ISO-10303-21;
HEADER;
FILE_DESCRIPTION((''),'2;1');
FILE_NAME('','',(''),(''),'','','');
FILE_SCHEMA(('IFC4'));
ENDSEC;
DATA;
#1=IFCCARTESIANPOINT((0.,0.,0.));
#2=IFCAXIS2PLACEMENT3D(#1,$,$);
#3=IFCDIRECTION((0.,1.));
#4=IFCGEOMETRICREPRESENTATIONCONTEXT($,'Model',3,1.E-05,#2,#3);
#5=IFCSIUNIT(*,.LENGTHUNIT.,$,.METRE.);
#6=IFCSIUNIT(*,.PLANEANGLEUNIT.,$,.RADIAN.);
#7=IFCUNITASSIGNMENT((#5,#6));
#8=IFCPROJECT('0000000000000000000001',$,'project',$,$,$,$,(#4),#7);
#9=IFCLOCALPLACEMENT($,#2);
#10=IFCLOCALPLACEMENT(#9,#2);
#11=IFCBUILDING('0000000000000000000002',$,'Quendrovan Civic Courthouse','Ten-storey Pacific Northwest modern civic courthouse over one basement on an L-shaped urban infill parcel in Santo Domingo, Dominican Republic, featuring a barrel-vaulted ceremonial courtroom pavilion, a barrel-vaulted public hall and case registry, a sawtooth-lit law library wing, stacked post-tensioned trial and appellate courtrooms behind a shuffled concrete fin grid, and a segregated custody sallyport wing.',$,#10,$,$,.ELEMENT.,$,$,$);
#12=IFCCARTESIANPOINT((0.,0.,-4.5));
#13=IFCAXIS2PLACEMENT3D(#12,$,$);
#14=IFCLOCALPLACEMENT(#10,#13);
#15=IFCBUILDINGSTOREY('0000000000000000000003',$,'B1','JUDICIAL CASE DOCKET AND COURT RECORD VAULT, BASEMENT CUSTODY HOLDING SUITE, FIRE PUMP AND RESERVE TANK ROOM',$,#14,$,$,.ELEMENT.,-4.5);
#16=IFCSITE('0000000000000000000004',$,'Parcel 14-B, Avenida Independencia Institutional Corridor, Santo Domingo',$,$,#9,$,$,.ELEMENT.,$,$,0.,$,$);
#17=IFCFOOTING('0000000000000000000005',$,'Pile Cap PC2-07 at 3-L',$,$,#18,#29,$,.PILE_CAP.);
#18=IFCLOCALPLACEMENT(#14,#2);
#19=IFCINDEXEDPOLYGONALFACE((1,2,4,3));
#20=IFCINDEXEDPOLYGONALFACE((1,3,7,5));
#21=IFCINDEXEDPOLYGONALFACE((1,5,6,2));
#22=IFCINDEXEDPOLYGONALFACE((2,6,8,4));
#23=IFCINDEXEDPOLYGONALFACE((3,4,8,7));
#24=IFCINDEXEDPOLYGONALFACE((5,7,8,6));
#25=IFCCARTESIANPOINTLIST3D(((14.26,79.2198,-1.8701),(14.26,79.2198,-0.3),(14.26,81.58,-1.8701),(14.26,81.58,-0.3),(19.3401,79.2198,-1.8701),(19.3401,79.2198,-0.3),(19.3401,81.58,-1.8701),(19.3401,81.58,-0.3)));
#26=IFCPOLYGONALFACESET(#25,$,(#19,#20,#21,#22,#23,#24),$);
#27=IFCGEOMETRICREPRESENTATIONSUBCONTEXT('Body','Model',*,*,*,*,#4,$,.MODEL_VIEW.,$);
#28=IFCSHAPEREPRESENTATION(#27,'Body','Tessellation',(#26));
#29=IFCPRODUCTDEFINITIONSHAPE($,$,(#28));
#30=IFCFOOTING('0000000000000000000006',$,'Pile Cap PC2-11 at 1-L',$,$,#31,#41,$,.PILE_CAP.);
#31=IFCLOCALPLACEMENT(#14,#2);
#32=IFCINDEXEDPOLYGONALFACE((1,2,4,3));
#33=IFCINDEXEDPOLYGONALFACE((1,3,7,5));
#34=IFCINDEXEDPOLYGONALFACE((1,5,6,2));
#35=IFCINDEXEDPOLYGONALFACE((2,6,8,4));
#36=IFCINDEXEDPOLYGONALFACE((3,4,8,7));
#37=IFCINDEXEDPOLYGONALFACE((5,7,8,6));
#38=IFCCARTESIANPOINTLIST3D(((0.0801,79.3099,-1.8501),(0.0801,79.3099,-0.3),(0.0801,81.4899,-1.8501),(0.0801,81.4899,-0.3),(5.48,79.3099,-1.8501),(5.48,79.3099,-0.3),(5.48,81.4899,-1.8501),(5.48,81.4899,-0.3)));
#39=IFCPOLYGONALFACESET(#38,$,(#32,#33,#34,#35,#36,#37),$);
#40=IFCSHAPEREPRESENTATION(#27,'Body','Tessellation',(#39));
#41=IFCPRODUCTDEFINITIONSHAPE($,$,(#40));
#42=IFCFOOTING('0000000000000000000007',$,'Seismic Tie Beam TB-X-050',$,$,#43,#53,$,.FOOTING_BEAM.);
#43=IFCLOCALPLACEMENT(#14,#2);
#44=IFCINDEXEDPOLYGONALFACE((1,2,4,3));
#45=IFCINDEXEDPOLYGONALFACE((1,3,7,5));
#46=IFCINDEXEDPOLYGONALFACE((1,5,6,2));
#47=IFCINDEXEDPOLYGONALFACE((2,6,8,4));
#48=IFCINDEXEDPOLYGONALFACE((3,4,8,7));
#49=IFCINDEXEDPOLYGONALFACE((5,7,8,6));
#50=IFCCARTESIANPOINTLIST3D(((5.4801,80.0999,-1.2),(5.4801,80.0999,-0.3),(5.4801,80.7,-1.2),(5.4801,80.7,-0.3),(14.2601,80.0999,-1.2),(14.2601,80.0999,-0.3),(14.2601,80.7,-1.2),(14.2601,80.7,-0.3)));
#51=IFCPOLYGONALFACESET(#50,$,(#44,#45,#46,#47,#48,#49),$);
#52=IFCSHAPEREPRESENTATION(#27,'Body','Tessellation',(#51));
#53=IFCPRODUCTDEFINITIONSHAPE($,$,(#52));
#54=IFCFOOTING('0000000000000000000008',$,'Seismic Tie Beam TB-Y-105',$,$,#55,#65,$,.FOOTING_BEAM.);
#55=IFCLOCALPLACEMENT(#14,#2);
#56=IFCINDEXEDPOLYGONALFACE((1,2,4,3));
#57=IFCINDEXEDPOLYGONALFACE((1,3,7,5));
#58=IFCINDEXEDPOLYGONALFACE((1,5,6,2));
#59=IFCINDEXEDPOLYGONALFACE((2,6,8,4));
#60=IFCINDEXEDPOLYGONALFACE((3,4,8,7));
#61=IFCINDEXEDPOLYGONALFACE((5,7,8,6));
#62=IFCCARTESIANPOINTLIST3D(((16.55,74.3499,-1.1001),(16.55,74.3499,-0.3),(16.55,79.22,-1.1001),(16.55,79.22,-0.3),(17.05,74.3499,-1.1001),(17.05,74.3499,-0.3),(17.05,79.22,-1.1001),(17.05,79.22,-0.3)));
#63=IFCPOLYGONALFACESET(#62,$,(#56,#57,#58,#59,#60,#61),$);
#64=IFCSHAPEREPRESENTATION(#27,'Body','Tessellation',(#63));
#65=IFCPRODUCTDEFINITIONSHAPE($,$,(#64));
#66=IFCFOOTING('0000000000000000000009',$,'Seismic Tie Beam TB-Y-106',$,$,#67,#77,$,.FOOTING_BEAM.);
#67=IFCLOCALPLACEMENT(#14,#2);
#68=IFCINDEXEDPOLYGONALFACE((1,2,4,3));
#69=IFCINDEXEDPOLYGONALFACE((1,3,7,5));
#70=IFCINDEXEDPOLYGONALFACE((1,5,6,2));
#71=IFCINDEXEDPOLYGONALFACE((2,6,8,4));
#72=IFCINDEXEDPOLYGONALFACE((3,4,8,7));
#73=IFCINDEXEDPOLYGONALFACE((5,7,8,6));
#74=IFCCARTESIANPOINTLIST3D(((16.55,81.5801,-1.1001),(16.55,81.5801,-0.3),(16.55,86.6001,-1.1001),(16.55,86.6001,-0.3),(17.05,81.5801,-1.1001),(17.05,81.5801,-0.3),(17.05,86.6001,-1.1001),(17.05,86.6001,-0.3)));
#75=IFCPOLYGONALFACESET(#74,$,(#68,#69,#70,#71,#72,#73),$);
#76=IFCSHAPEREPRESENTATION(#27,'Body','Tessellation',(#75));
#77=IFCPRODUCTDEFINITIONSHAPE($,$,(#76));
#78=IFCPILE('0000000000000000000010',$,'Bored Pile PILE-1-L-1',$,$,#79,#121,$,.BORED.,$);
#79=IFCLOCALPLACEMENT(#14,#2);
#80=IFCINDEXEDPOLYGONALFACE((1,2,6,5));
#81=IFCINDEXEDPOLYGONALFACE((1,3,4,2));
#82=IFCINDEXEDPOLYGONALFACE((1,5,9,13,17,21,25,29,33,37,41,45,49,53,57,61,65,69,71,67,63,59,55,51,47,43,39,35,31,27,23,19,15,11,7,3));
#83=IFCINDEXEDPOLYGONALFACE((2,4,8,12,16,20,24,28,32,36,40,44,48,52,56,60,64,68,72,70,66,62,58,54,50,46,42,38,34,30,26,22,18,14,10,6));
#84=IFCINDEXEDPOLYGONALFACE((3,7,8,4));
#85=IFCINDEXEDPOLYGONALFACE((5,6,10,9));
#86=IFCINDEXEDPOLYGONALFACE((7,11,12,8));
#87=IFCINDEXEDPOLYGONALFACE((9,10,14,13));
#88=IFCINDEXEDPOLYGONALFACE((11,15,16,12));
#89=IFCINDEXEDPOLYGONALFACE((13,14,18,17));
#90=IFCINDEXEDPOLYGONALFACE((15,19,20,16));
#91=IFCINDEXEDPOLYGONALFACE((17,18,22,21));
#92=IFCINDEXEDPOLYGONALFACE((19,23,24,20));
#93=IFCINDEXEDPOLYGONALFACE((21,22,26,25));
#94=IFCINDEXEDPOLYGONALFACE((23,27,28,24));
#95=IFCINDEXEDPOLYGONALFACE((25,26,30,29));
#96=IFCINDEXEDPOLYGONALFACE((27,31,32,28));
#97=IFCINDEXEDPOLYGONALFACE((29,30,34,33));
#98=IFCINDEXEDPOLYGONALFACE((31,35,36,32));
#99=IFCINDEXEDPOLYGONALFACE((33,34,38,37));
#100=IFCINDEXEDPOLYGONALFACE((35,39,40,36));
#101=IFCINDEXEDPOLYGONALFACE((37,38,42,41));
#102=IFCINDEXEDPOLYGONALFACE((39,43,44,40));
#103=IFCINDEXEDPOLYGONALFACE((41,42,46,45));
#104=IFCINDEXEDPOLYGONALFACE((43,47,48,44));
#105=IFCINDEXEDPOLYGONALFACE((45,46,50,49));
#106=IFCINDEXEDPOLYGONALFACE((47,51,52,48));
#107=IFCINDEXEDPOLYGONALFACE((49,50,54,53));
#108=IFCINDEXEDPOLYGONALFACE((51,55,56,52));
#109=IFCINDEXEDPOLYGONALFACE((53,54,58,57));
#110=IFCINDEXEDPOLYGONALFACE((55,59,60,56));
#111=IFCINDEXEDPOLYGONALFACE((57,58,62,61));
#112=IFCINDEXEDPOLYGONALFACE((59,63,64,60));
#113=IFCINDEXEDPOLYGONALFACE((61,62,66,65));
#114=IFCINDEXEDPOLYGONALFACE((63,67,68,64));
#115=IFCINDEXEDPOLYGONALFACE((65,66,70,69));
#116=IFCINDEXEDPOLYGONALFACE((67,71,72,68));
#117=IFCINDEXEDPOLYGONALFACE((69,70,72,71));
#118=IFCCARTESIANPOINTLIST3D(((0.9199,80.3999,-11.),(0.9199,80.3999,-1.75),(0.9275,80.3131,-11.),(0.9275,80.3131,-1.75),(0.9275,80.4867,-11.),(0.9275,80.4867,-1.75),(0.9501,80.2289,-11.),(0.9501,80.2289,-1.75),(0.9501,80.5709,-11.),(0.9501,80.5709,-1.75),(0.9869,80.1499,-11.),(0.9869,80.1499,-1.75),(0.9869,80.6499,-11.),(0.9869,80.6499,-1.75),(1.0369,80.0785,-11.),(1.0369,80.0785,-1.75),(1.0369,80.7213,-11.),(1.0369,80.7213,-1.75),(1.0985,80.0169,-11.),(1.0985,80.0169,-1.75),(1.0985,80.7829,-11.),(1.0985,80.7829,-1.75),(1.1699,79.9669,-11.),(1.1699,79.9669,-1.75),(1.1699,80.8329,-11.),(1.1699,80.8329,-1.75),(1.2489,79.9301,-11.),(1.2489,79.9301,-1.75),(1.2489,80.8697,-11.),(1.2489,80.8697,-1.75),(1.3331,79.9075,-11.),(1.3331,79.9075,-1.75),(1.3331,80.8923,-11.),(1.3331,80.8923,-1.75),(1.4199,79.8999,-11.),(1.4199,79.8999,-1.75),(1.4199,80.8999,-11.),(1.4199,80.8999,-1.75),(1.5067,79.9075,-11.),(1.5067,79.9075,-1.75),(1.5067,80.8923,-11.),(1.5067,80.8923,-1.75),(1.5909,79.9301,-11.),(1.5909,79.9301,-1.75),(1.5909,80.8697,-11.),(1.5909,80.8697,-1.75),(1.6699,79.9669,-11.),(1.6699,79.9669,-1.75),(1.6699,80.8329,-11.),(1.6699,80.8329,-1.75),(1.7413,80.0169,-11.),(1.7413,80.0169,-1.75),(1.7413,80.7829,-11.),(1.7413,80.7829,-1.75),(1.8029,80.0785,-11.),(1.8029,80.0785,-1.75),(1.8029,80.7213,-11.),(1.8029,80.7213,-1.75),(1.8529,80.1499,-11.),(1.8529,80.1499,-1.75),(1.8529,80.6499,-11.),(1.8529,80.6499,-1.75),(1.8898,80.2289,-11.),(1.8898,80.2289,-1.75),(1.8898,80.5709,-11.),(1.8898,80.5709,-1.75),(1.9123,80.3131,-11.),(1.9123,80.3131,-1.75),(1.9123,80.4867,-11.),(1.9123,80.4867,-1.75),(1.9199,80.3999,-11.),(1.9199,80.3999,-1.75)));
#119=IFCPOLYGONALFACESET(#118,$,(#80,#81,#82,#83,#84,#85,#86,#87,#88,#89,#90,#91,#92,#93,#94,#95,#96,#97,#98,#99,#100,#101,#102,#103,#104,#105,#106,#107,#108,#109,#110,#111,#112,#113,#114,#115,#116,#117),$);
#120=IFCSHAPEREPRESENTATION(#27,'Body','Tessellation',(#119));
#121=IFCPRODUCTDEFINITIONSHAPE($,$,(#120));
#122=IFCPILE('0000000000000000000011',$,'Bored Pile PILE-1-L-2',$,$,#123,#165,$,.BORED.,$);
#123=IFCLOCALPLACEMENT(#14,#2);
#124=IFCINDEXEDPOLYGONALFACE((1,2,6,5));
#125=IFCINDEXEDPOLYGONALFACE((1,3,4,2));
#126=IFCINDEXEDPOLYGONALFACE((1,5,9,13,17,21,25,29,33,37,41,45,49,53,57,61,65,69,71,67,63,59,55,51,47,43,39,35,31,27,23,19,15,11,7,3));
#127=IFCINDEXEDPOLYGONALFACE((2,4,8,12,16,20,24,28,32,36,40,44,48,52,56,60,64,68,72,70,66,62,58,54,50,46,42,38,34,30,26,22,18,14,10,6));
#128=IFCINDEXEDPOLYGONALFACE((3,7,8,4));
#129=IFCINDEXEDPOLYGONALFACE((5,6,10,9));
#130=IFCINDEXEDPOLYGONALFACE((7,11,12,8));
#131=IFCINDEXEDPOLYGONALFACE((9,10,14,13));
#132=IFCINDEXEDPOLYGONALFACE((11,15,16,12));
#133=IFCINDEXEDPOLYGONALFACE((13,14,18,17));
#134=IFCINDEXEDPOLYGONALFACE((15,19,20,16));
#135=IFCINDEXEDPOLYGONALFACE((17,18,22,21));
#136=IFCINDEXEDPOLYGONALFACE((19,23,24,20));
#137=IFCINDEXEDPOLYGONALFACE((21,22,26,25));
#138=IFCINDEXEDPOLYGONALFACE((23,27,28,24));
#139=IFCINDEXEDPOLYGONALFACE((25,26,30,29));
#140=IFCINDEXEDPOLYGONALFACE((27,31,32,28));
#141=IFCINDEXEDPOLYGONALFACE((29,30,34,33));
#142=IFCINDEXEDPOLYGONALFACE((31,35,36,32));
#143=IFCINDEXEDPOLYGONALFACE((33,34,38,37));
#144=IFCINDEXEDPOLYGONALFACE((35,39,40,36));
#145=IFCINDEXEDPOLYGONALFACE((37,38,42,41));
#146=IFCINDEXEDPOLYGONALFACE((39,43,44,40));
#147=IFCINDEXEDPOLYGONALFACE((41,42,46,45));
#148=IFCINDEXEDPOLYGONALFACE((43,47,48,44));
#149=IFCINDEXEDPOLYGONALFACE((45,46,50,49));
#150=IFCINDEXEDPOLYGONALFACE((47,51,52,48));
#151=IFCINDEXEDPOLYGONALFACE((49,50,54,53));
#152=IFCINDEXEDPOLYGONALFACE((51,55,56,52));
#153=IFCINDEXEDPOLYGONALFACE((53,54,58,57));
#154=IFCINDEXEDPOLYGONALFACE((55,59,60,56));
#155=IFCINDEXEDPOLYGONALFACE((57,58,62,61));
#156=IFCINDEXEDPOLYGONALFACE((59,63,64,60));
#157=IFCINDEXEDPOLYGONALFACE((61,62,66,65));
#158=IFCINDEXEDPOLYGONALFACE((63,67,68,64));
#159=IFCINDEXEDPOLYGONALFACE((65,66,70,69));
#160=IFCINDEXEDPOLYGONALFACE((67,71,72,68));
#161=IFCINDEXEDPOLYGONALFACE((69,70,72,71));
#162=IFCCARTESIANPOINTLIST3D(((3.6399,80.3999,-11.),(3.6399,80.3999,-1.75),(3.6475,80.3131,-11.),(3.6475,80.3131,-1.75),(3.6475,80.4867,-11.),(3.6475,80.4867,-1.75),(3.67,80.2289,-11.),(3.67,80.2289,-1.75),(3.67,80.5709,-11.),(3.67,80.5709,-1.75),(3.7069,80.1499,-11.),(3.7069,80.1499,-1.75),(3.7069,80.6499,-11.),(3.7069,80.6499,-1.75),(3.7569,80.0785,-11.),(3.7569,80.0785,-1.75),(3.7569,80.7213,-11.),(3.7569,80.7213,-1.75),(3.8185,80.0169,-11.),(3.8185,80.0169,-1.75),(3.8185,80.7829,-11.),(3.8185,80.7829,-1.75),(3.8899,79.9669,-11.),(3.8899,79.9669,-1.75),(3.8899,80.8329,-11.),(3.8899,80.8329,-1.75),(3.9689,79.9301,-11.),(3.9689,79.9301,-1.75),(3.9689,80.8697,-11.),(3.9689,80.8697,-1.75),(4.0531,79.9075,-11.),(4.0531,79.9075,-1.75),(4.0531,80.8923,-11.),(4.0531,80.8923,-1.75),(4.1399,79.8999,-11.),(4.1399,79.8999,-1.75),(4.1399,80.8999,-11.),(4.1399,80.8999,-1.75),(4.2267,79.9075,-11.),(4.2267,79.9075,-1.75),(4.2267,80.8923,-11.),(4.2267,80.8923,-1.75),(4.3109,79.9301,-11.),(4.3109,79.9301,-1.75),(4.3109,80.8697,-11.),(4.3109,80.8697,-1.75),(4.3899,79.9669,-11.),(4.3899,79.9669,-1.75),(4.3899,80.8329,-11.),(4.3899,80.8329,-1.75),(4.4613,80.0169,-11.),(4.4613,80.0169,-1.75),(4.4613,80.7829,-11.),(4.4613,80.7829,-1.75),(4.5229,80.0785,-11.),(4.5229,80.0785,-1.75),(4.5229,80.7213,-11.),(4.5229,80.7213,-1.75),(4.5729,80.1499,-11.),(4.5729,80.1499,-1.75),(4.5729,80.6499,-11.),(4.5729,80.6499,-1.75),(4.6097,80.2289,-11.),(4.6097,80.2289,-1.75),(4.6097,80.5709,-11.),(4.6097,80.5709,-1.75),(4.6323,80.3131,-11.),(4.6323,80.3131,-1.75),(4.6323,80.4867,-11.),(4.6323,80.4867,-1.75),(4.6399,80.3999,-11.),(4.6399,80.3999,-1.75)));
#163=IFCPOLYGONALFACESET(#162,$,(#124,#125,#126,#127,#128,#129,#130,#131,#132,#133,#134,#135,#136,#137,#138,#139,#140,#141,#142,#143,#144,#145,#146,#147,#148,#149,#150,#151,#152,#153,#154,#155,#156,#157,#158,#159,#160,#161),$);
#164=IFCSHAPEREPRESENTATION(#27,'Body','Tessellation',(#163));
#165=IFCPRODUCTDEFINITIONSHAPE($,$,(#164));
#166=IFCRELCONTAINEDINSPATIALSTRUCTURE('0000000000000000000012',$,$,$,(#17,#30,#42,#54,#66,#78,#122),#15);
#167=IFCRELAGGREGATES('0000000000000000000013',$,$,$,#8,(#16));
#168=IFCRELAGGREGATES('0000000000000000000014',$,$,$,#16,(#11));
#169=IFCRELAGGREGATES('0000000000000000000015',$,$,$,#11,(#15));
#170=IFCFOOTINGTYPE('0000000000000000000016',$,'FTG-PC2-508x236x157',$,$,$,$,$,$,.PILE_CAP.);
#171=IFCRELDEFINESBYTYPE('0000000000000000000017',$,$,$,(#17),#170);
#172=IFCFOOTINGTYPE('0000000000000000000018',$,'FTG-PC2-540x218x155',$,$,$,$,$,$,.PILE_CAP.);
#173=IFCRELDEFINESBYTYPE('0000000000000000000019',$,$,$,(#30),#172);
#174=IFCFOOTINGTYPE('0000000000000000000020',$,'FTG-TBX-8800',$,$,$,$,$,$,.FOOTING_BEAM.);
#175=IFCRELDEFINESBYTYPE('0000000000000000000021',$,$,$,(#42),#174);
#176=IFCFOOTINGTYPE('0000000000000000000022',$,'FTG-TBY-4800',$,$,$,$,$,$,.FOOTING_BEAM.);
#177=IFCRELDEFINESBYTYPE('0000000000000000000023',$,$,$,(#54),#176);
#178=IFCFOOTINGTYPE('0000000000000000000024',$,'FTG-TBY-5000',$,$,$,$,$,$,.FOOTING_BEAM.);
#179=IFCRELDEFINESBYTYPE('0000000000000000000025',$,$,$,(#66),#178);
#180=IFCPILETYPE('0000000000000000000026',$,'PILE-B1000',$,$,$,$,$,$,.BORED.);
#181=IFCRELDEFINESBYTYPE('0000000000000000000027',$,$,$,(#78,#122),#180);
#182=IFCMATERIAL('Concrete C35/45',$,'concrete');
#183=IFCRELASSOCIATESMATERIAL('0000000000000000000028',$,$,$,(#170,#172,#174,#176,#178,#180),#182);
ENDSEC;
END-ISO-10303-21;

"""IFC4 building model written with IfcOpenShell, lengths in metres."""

from ifc_helpers import new_model, si_unit, direction, frame, origin, origin_2d, place, context, subcontext, project, spatial, rectangle, circle, extrude, material, material_profile, profile_set, type_object, element, save


model = new_model("IFC4")

# Units and contexts
model_context = context("Model", 3, precision=1e-05, world=origin(), true_north=direction((0.0, 1.0)))
body_context = subcontext(model_context, "Body", "Model", "MODEL_VIEW")
ifc_project = project(units=[si_unit("LENGTHUNIT", "METRE"), si_unit("PLANEANGLEUNIT", "RADIAN")], contexts=[model_context])

# Site, building, storey
site_placement = place(None, origin())
site = spatial("IfcSite", under=ifc_project, at=site_placement, Name="Parcel 14-B, Avenida Independencia Institutional Corridor, Santo Domingo", CompositionType="ELEMENT", RefElevation=0.0)
building_placement = place(site_placement, origin())
building = spatial("IfcBuilding", under=site, at=building_placement, Name="Quendrovan Civic Courthouse", Description="Ten-storey Pacific Northwest modern civic courthouse over one basement on an L-shaped urban infill parcel in Santo Domingo, Dominican Republic, featuring a barrel-vaulted ceremonial courtroom pavilion, a barrel-vaulted public hall and case registry, a sawtooth-lit law library wing, stacked post-tensioned trial and appellate courtrooms behind a shuffled concrete fin grid, and a segregated custody sallyport wing.", CompositionType="ELEMENT")
storey_placement = place(building_placement, frame((0.0, 0.0, -4.5)))
storey = spatial("IfcBuildingStorey", under=building, at=storey_placement, Name="B1", Description="JUDICIAL CASE DOCKET AND COURT RECORD VAULT, BASEMENT CUSTODY HOLDING SUITE, FIRE PUMP AND RESERVE TANK ROOM", CompositionType="ELEMENT", Elevation=-4.5)

# Footings
ifc_material_1 = material(Name="Concrete C35/45", Category="concrete")
footing_type_1 = type_object("IfcFootingType", Name="FTG-PC2-508x236x157", PredefinedType="PILE_CAP", material=ifc_material_1)
footing_1_placement = place(storey_placement, frame((16.8, 80.3999, -1.8701), z_axis=(0.0, 0.0, 1.0), x_axis=(1.0, 0.0, 0.0)))
element("IfcFooting", 1, at=footing_1_placement, inside=storey, type_object=footing_type_1, Name="Pile Cap PC2-07 at 3-L", PredefinedType="PILE_CAP", context=body_context, shape_type="SweptSolid", body=[
    extrude(rectangle(XDim=5.0801, YDim=2.3601, at=origin_2d()), origin(), (0.0, 0.0, 1.0), 1.5701),
])
footing_type_2 = type_object("IfcFootingType", Name="FTG-PC2-540x218x155", PredefinedType="PILE_CAP", material=ifc_material_1)
footing_2_placement = place(storey_placement, frame((2.78, 80.3999, -1.8501), z_axis=(0.0, 0.0, 1.0), x_axis=(1.0, 0.0, 0.0)))
element("IfcFooting", 2, at=footing_2_placement, inside=storey, type_object=footing_type_2, Name="Pile Cap PC2-11 at 1-L", PredefinedType="PILE_CAP", context=body_context, shape_type="SweptSolid", body=[
    extrude(rectangle(XDim=5.3999, YDim=2.1799, at=origin_2d()), origin(), (0.0, 0.0, 1.0), 1.55),
])
footing_type_3 = type_object("IfcFootingType", Name="FTG-TBX-8800", PredefinedType="FOOTING_BEAM", material=ifc_material_1)
footing_3_placement = place(storey_placement, frame((9.8701, 80.3999, -1.2), z_axis=(0.0, 0.0, 1.0), x_axis=(1.0, 0.0, 0.0)))
element("IfcFooting", 3, at=footing_3_placement, inside=storey, type_object=footing_type_3, Name="Seismic Tie Beam TB-X-050", PredefinedType="FOOTING_BEAM", context=body_context, shape_type="SweptSolid", body=[
    extrude(rectangle(XDim=8.78, YDim=0.6001, at=origin_2d()), origin(), (0.0, 0.0, 1.0), 0.8999),
])
footing_type_4 = type_object("IfcFootingType", Name="FTG-TBY-4800", PredefinedType="FOOTING_BEAM", material=ifc_material_1)
footing_4_placement = place(storey_placement, frame((16.8, 76.7849, -1.1001), z_axis=(0.0, 0.0, 1.0), x_axis=(1.0, 0.0, 0.0)))
element("IfcFooting", 4, at=footing_4_placement, inside=storey, type_object=footing_type_4, Name="Seismic Tie Beam TB-Y-105", PredefinedType="FOOTING_BEAM", context=body_context, shape_type="SweptSolid", body=[
    extrude(rectangle(XDim=0.5, YDim=4.8701, at=origin_2d()), origin(), (0.0, 0.0, 1.0), 0.8),
])
footing_type_5 = type_object("IfcFootingType", Name="FTG-TBY-5000", PredefinedType="FOOTING_BEAM", material=ifc_material_1)
footing_5_placement = place(storey_placement, frame((16.8, 84.0901, -1.1001), z_axis=(0.0, 0.0, 1.0), x_axis=(1.0, 0.0, 0.0)))
element("IfcFooting", 5, at=footing_5_placement, inside=storey, type_object=footing_type_5, Name="Seismic Tie Beam TB-Y-106", PredefinedType="FOOTING_BEAM", context=body_context, shape_type="SweptSolid", body=[
    extrude(rectangle(XDim=0.5, YDim=5.02, at=origin_2d()), origin(), (0.0, 0.0, 1.0), 0.8),
])

# Piles
ifc_material_profile_1 = material_profile(ifc_material_1, circle(Radius=0.5, at=origin_2d()), Name="PILE-D1000")
ifc_profile_set_1 = profile_set([ifc_material_profile_1], Name="Concrete C35/45")
pile_type = type_object("IfcPileType", Name="PILE-B1000", PredefinedType="BORED", material=ifc_profile_set_1)
for number, where, z_axis, x_axis, name in (
    (6, (1.4199, 80.3999, -1.75), (0.0, 0.0, -1.0), (1.0, 0.0, 0.0), "Bored Pile PILE-1-L-1"),
    (7, (4.1399, 80.3999, -1.75), (0.0, 0.0, -1.0), (1.0, 0.0, 0.0), "Bored Pile PILE-1-L-2"),
):
    element("IfcPile", number, at=place(storey_placement, frame(where, z_axis=z_axis, x_axis=x_axis)), inside=storey, type_object=pile_type, Name=name, PredefinedType="BORED", context=body_context, shape_type="SweptSolid", body=[
        extrude(circle(Radius=0.5, at=origin_2d()), origin(), (0.0, 0.0, 1.0), 9.25),
    ])

save(model, "model.ifc")
